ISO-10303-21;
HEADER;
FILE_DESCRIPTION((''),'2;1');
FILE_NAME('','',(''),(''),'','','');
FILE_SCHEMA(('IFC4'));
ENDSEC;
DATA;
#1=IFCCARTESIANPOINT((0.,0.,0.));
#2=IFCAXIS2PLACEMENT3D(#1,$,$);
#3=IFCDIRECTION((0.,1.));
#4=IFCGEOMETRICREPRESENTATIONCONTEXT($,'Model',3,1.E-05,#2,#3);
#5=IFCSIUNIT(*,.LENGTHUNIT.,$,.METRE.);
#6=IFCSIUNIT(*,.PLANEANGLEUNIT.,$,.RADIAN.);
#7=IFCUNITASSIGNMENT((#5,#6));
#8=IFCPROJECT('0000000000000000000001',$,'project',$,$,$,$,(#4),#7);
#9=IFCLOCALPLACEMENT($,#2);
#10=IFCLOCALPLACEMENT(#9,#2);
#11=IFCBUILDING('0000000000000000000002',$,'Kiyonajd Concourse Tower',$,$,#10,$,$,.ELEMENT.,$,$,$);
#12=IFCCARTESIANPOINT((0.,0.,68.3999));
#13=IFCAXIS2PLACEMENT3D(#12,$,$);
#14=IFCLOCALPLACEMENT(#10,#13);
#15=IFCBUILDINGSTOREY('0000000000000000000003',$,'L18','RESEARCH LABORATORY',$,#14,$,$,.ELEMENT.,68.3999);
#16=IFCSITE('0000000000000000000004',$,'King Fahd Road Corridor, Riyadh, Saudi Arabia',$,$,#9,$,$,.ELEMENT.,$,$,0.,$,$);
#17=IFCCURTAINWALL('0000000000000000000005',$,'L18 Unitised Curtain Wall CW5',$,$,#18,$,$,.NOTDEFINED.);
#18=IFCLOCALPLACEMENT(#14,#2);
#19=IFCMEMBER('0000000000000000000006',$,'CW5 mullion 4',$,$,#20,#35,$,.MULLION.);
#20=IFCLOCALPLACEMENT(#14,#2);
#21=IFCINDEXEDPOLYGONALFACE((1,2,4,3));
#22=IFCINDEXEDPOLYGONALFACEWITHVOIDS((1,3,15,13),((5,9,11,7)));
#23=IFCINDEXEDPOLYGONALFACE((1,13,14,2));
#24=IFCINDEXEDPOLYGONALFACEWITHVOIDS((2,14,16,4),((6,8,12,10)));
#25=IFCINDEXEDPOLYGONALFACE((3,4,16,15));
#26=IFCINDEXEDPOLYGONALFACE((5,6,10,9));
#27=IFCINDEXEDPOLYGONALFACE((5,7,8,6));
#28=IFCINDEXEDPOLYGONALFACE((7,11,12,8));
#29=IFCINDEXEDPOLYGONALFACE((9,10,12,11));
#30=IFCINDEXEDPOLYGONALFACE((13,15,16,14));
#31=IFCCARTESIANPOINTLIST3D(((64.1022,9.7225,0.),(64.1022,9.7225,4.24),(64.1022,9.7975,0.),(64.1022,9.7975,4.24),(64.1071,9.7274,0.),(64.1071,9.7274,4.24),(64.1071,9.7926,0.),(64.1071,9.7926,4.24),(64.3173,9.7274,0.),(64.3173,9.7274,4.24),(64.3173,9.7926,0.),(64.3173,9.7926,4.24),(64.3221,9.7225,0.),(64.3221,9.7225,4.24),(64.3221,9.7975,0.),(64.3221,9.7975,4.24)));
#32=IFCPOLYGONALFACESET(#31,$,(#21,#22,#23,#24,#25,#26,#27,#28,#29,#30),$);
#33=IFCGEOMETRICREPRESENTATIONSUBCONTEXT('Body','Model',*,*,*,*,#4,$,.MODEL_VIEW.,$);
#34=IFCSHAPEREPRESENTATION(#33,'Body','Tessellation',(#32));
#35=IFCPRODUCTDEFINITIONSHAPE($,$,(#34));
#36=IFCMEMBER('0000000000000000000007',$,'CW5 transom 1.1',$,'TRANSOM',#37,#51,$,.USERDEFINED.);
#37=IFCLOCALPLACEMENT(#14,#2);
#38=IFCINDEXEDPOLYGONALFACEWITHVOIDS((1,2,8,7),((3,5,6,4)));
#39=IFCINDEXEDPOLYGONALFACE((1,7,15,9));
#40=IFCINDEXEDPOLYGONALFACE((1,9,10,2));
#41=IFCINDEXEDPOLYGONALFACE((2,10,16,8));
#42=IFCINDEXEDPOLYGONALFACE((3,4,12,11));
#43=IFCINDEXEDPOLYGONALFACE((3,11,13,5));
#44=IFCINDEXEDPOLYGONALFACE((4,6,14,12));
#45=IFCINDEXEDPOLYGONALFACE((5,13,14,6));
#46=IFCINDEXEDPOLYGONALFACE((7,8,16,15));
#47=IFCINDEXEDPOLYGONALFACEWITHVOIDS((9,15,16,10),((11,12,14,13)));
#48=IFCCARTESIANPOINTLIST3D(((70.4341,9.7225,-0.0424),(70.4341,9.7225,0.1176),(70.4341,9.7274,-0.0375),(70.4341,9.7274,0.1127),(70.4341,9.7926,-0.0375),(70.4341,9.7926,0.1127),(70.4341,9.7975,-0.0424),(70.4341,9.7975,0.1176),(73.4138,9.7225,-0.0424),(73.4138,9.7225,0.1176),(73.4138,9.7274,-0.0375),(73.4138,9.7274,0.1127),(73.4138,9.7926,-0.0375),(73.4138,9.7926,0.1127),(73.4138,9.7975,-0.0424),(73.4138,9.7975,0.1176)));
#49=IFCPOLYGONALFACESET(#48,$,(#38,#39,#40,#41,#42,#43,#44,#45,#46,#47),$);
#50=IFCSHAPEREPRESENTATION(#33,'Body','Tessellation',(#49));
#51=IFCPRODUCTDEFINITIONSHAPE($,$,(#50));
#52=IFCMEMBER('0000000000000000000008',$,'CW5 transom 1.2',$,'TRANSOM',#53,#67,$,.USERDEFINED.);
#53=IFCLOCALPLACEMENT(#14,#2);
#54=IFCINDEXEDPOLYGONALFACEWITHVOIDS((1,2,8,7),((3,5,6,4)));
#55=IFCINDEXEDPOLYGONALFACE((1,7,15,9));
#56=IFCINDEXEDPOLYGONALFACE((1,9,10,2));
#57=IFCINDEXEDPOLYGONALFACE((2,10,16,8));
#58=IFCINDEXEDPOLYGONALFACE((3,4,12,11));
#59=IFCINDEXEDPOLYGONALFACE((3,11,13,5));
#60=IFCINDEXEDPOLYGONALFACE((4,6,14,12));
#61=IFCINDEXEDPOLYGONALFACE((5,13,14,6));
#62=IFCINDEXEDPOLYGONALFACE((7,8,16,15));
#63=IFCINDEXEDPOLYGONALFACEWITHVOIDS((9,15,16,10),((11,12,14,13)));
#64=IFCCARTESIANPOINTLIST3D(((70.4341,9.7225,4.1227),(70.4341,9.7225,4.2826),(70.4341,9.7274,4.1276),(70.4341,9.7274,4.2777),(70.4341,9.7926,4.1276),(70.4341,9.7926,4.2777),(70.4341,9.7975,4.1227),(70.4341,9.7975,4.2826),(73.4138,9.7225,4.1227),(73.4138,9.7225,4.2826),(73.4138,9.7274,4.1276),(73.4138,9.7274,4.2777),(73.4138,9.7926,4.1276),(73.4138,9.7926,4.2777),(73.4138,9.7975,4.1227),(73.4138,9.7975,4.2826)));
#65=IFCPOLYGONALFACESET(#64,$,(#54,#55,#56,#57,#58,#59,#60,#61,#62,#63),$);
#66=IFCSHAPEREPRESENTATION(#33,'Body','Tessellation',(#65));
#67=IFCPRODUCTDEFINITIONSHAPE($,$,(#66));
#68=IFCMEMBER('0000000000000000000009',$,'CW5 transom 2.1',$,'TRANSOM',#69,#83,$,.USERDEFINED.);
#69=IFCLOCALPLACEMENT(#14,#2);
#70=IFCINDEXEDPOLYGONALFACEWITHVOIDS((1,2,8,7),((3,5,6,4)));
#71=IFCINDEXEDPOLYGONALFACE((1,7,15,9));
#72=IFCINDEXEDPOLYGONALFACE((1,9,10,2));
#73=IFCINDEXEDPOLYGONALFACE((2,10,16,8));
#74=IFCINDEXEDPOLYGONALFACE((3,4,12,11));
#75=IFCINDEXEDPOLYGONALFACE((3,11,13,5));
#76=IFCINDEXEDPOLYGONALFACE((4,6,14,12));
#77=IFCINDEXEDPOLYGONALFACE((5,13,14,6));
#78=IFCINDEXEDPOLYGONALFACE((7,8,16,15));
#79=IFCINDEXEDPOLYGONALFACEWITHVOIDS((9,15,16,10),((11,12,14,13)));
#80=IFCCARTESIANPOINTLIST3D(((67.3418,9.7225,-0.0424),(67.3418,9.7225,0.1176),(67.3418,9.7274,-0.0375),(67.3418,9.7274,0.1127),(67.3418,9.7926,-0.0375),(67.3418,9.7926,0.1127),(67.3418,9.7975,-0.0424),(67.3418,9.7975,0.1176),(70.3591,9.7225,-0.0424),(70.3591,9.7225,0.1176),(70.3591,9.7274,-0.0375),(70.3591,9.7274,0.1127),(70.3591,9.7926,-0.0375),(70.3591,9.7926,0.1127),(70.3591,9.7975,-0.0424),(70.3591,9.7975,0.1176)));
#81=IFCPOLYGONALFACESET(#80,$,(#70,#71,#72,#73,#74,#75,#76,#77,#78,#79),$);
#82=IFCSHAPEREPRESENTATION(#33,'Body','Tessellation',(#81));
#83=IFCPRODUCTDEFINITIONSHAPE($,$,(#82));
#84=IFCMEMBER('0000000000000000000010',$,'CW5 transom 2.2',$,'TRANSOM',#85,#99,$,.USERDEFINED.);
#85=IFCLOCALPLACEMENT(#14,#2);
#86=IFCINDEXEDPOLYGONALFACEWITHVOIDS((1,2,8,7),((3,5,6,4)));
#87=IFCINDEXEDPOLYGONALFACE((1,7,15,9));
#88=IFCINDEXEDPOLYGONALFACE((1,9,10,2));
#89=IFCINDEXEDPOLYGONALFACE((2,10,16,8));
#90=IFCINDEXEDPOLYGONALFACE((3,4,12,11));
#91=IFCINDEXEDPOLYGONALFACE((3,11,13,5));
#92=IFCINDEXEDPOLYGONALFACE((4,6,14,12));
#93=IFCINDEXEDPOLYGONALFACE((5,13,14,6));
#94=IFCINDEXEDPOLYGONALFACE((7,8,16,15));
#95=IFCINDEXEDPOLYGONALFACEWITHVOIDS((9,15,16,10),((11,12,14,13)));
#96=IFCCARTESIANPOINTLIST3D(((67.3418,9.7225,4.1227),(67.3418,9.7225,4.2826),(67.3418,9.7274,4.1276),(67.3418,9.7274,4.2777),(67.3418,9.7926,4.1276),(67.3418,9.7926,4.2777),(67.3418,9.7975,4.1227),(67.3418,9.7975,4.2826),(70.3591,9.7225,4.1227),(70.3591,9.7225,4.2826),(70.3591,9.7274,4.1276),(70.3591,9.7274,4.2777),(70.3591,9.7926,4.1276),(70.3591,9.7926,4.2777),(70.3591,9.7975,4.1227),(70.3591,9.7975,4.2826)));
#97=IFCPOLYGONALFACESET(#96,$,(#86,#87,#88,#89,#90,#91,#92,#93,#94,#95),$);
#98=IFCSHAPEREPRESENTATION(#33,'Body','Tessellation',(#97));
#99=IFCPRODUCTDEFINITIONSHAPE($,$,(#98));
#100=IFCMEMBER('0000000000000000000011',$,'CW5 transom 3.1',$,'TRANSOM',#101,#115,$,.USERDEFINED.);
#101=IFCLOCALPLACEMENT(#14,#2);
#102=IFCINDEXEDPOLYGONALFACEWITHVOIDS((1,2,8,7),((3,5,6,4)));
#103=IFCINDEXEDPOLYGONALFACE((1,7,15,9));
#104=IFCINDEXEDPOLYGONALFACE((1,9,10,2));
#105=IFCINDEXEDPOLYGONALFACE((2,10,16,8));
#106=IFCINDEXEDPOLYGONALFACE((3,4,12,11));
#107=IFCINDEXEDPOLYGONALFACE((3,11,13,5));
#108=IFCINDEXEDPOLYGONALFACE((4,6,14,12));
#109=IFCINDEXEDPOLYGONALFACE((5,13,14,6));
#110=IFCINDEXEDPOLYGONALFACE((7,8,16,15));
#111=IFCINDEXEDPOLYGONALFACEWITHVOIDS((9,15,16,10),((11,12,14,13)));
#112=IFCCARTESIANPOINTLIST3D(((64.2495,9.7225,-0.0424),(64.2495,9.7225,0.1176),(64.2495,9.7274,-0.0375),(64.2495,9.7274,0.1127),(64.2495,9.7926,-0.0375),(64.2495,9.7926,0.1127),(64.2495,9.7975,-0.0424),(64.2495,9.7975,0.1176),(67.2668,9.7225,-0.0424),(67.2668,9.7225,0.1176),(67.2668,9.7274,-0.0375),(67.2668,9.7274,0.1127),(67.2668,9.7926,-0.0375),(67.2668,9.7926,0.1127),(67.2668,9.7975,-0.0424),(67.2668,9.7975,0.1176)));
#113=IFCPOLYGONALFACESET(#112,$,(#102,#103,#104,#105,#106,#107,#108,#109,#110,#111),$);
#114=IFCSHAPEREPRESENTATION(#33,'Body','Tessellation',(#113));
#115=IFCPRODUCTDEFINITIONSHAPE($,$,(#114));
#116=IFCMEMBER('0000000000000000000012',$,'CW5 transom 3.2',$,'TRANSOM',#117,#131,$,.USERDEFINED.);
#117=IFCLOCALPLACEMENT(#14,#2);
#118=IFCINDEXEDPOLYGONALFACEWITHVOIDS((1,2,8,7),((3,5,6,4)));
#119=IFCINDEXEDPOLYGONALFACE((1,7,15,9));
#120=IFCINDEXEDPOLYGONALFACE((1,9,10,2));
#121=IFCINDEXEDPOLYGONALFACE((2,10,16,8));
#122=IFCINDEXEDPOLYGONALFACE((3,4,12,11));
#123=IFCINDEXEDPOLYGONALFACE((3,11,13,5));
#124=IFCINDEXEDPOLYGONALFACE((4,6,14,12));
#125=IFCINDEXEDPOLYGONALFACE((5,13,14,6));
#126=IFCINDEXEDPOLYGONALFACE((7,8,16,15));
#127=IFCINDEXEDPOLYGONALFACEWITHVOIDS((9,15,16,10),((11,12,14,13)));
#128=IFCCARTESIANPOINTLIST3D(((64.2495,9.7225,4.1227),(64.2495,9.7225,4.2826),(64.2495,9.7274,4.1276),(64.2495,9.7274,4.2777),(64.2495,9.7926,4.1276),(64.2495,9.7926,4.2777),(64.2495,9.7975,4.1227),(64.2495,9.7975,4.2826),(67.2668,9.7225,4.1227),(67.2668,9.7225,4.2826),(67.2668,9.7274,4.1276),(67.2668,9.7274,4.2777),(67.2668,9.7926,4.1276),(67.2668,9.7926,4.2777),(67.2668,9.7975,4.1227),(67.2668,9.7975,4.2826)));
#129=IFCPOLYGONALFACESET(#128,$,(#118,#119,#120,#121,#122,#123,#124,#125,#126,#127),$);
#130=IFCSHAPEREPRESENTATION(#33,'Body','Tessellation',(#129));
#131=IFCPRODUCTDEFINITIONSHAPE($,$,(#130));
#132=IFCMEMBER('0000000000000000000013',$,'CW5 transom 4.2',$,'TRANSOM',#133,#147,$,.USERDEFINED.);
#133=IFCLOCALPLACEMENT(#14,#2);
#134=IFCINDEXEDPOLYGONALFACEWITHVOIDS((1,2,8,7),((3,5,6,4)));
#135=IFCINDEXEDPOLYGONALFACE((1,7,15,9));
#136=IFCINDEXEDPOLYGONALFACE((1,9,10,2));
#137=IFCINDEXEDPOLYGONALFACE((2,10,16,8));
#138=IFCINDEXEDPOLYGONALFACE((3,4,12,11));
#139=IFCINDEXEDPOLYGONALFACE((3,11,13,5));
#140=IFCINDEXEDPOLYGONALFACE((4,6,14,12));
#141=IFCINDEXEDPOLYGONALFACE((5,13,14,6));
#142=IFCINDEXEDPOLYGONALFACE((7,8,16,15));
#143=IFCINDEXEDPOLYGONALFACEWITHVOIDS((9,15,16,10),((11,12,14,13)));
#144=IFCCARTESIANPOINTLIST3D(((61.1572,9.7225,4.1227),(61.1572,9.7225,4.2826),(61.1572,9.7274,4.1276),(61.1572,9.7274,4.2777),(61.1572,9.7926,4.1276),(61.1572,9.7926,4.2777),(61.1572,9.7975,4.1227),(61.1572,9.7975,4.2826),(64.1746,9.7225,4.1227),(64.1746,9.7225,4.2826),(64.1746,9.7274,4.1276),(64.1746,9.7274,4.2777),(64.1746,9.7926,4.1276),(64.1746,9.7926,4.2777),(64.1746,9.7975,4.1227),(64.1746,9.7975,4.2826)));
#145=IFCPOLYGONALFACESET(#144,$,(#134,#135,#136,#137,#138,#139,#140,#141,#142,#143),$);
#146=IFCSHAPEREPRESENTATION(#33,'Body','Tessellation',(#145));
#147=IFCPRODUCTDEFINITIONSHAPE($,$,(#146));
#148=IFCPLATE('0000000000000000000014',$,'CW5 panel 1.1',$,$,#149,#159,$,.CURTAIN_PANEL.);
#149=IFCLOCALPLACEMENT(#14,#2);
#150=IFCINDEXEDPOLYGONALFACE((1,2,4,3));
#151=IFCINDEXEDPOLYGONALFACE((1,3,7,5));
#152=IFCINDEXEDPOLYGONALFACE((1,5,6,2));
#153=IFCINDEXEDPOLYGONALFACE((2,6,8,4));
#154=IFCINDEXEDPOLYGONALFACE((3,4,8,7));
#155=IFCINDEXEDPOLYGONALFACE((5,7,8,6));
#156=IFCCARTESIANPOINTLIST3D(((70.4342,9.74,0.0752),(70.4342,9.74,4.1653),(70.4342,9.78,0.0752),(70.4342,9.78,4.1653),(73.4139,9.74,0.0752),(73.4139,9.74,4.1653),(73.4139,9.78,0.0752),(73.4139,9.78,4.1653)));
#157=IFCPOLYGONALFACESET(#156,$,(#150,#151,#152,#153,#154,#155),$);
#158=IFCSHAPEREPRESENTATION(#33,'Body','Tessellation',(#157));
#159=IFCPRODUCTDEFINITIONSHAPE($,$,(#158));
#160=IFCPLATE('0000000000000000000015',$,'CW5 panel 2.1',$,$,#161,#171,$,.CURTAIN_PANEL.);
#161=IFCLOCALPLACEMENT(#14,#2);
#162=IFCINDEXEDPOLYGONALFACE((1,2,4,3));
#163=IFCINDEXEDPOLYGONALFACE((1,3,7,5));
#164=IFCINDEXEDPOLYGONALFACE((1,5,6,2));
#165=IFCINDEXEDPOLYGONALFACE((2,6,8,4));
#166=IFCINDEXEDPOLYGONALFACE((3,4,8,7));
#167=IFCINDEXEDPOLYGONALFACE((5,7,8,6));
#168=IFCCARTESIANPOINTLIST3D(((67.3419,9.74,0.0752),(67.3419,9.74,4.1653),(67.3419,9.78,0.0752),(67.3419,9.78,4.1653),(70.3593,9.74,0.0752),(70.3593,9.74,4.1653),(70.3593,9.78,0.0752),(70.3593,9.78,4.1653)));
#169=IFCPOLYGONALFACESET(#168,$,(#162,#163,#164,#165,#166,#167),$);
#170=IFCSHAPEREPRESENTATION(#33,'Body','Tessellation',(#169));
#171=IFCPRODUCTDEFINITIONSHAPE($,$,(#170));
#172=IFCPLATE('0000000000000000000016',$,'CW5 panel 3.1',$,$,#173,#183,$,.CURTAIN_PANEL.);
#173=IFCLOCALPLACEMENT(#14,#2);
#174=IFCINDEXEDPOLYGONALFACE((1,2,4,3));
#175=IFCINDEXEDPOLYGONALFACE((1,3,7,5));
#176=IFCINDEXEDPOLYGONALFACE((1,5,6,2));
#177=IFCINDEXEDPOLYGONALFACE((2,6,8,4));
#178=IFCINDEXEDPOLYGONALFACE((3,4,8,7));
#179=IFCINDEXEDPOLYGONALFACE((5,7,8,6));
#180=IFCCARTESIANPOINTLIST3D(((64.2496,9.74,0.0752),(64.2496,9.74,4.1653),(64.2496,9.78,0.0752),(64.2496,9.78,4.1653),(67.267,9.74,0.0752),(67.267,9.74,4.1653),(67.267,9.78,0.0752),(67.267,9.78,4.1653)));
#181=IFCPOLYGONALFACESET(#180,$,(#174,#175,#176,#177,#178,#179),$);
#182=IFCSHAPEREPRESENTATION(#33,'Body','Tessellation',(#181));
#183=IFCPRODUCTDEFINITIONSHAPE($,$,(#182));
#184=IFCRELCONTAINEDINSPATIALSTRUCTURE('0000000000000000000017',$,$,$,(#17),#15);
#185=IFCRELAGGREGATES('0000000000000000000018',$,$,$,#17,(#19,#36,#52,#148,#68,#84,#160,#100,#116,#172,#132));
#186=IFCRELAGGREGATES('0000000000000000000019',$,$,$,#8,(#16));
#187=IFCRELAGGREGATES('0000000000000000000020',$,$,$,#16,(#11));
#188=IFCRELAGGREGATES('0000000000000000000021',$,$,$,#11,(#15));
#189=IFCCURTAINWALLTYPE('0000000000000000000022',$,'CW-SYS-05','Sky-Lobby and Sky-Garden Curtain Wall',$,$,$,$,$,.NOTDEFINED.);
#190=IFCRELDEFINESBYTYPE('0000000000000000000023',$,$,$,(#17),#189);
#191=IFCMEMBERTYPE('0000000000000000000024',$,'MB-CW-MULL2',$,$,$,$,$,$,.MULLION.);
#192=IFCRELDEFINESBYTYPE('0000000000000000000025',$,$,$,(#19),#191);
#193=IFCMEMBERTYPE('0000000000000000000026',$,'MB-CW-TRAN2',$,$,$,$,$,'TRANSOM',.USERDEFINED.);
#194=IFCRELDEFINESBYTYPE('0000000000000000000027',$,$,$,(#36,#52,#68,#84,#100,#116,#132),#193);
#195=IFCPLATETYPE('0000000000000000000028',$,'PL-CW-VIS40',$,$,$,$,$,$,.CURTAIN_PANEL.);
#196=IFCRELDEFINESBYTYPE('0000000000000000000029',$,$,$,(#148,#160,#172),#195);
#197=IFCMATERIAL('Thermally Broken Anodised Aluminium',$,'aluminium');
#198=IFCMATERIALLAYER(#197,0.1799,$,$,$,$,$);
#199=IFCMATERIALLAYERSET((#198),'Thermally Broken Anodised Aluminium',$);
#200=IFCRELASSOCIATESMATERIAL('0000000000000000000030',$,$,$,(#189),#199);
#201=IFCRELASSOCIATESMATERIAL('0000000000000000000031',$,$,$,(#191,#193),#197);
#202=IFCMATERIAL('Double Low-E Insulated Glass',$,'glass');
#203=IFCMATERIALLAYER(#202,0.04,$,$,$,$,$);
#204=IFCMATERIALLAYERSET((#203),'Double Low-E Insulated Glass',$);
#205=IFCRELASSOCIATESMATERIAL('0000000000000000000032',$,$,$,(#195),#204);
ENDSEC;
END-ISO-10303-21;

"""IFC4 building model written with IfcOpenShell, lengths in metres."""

from ifc_helpers import new_model, si_unit, direction, frame, origin, origin_2d, place, context, subcontext, project, spatial, rectangle, hollow_rectangle, extrude, material, layer, layer_set, material_profile, profile_set, type_object, element, aggregate, save


model = new_model("IFC4")

# Units and contexts
model_context = context("Model", 3, precision=1e-05, world=origin(), true_north=direction((0.0, 1.0)))
body_context = subcontext(model_context, "Body", "Model", "MODEL_VIEW")
ifc_project = project(units=[si_unit("LENGTHUNIT", "METRE"), si_unit("PLANEANGLEUNIT", "RADIAN")], contexts=[model_context])

# Site, building, storey
site_placement = place(None, origin())
site = spatial("IfcSite", under=ifc_project, at=site_placement, Name="King Fahd Road Corridor, Riyadh, Saudi Arabia", CompositionType="ELEMENT", RefElevation=0.0)
building_placement = place(site_placement, origin())
building = spatial("IfcBuilding", under=site, at=building_placement, Name="Kiyonajd Concourse Tower", CompositionType="ELEMENT")
storey_placement = place(building_placement, frame((0.0, 0.0, 68.3999)))
storey = spatial("IfcBuildingStorey", under=building, at=storey_placement, Name="L18", Description="RESEARCH LABORATORY", CompositionType="ELEMENT", Elevation=68.3999)

# Shared definitions
ifc_material_1 = material(Name="Thermally Broken Anodised Aluminium", Category="aluminium")
ifc_layer_1 = layer(ifc_material_1, 0.1799)
ifc_layer_set_1 = layer_set([ifc_layer_1], Name="Thermally Broken Anodised Aluminium")
curtain_wall_type = type_object("IfcCurtainWallType", Name="CW-SYS-05", Description="Sky-Lobby and Sky-Garden Curtain Wall", PredefinedType="NOTDEFINED", material=ifc_layer_set_1)
ifc_material_profile_1 = material_profile(ifc_material_1, hollow_rectangle(XDim=0.075, YDim=0.22, WallThickness=0.0049, at=origin_2d()), Name="MULL-75x220")
ifc_profile_set_1 = profile_set([ifc_material_profile_1], Name="Thermally Broken Anodised Aluminium")
member_type_1 = type_object("IfcMemberType", Name="MB-CW-MULL2", PredefinedType="MULLION", material=ifc_profile_set_1)

# Curtain wall, members, plates
curtain_wall_1_placement = place(storey_placement, origin())
curtain_wall_1 = element("IfcCurtainWall", 1, at=curtain_wall_1_placement, inside=storey, type_object=curtain_wall_type, Name="L18 Unitised Curtain Wall CW5", PredefinedType="NOTDEFINED")
member_1_placement = place(storey_placement, frame((64.2122, 9.76, 0.0), z_axis=(0.0, 0.0, 1.0), x_axis=(0.0, -1.0, 0.0)))
member_1 = element("IfcMember", 2, at=member_1_placement, type_object=member_type_1, Name="CW5 mullion 4", PredefinedType="MULLION", context=body_context, shape_type="SweptSolid", body=[
    extrude(hollow_rectangle(XDim=0.075, YDim=0.22, WallThickness=0.0049, at=origin_2d()), origin(), (0.0, 0.0, 1.0), 4.24),
])
ifc_material_profile_2 = material_profile(ifc_material_1, hollow_rectangle(XDim=0.075, YDim=0.1599, WallThickness=0.0049, at=origin_2d()), Name="TRAN-75x160")
ifc_profile_set_2 = profile_set([ifc_material_profile_2], Name="Thermally Broken Anodised Aluminium")
member_type_2 = type_object("IfcMemberType", Name="MB-CW-TRAN2", ElementType="TRANSOM", PredefinedType="USERDEFINED", material=ifc_profile_set_2)
member_2_placement = place(storey_placement, frame((73.4138, 9.76, 0.0376), z_axis=(-1.0, 0.0, 0.0), x_axis=(0.0, -1.0, 0.0)))
member_2 = element("IfcMember", 3, at=member_2_placement, type_object=member_type_2, Name="CW5 transom 1.1", ObjectType="TRANSOM", PredefinedType="USERDEFINED", context=body_context, shape_type="SweptSolid", body=[
    extrude(hollow_rectangle(XDim=0.075, YDim=0.1599, WallThickness=0.0049, at=origin_2d()), origin(), (0.0, 0.0, 1.0), 2.9797),
])
member_3_placement = place(storey_placement, frame((73.4138, 9.76, 4.2026), z_axis=(-1.0, 0.0, 0.0), x_axis=(0.0, -1.0, 0.0)))
member_3 = element("IfcMember", 4, at=member_3_placement, type_object=member_type_2, Name="CW5 transom 1.2", ObjectType="TRANSOM", PredefinedType="USERDEFINED", context=body_context, shape_type="SweptSolid", body=[
    extrude(hollow_rectangle(XDim=0.075, YDim=0.1599, WallThickness=0.0049, at=origin_2d()), origin(), (0.0, 0.0, 1.0), 2.9797),
])
member_4_placement = place(storey_placement, frame((70.3591, 9.76, 0.0376), z_axis=(-1.0, 0.0, 0.0), x_axis=(0.0, -1.0, 0.0)))
member_4 = element("IfcMember", 5, at=member_4_placement, type_object=member_type_2, Name="CW5 transom 2.1", ObjectType="TRANSOM", PredefinedType="USERDEFINED", context=body_context, shape_type="SweptSolid", body=[
    extrude(hollow_rectangle(XDim=0.075, YDim=0.1599, WallThickness=0.0049, at=origin_2d()), origin(), (0.0, 0.0, 1.0), 3.0173),
])
member_5_placement = place(storey_placement, frame((70.3591, 9.76, 4.2026), z_axis=(-1.0, 0.0, 0.0), x_axis=(0.0, -1.0, 0.0)))
member_5 = element("IfcMember", 6, at=member_5_placement, type_object=member_type_2, Name="CW5 transom 2.2", ObjectType="TRANSOM", PredefinedType="USERDEFINED", context=body_context, shape_type="SweptSolid", body=[
    extrude(hollow_rectangle(XDim=0.075, YDim=0.1599, WallThickness=0.0049, at=origin_2d()), origin(), (0.0, 0.0, 1.0), 3.0173),
])
member_6_placement = place(storey_placement, frame((67.2668, 9.76, 0.0376), z_axis=(-1.0, 0.0, 0.0), x_axis=(0.0, -1.0, 0.0)))
member_6 = element("IfcMember", 7, at=member_6_placement, type_object=member_type_2, Name="CW5 transom 3.1", ObjectType="TRANSOM", PredefinedType="USERDEFINED", context=body_context, shape_type="SweptSolid", body=[
    extrude(hollow_rectangle(XDim=0.075, YDim=0.1599, WallThickness=0.0049, at=origin_2d()), origin(), (0.0, 0.0, 1.0), 3.0173),
])
member_7_placement = place(storey_placement, frame((67.2668, 9.76, 4.2026), z_axis=(-1.0, 0.0, 0.0), x_axis=(0.0, -1.0, 0.0)))
member_7 = element("IfcMember", 8, at=member_7_placement, type_object=member_type_2, Name="CW5 transom 3.2", ObjectType="TRANSOM", PredefinedType="USERDEFINED", context=body_context, shape_type="SweptSolid", body=[
    extrude(hollow_rectangle(XDim=0.075, YDim=0.1599, WallThickness=0.0049, at=origin_2d()), origin(), (0.0, 0.0, 1.0), 3.0173),
])
member_8_placement = place(storey_placement, frame((64.1746, 9.76, 4.2026), z_axis=(-1.0, 0.0, 0.0), x_axis=(0.0, -1.0, 0.0)))
member_8 = element("IfcMember", 9, at=member_8_placement, type_object=member_type_2, Name="CW5 transom 4.2", ObjectType="TRANSOM", PredefinedType="USERDEFINED", context=body_context, shape_type="SweptSolid", body=[
    extrude(hollow_rectangle(XDim=0.075, YDim=0.1599, WallThickness=0.0049, at=origin_2d()), origin(), (0.0, 0.0, 1.0), 3.0173),
])
ifc_material_2 = material(Name="Double Low-E Insulated Glass", Category="glass")
ifc_layer_2 = layer(ifc_material_2, 0.04)
ifc_layer_set_2 = layer_set([ifc_layer_2], Name="Double Low-E Insulated Glass")
plate_type_1 = type_object("IfcPlateType", Name="PL-CW-VIS40", PredefinedType="CURTAIN_PANEL", material=ifc_layer_set_2)
plate_1_placement = place(storey_placement, frame((71.9241, 9.76, 0.0752), z_axis=(0.0, 0.0, 1.0), x_axis=(-1.0, 0.0, 0.0)))
plate_1 = element("IfcPlate", 10, at=plate_1_placement, type_object=plate_type_1, Name="CW5 panel 1.1", PredefinedType="CURTAIN_PANEL", context=body_context, shape_type="SweptSolid", body=[
    extrude(rectangle(XDim=2.9797, YDim=0.04, at=origin_2d()), origin(), (0.0, 0.0, 1.0), 4.0901),
])
plate_2_placement = place(storey_placement, frame((68.8506, 9.76, 0.0752), z_axis=(0.0, 0.0, 1.0), x_axis=(-1.0, 0.0, 0.0)))
plate_2 = element("IfcPlate", 11, at=plate_2_placement, type_object=plate_type_1, Name="CW5 panel 2.1", PredefinedType="CURTAIN_PANEL", context=body_context, shape_type="SweptSolid", body=[
    extrude(rectangle(XDim=3.0173, YDim=0.04, at=origin_2d()), origin(), (0.0, 0.0, 1.0), 4.0901),
])
plate_3_placement = place(storey_placement, frame((65.7583, 9.76, 0.0752), z_axis=(0.0, 0.0, 1.0), x_axis=(-1.0, 0.0, 0.0)))
plate_3 = element("IfcPlate", 12, at=plate_3_placement, type_object=plate_type_1, Name="CW5 panel 3.1", PredefinedType="CURTAIN_PANEL", context=body_context, shape_type="SweptSolid", body=[
    extrude(rectangle(XDim=3.0173, YDim=0.04, at=origin_2d()), origin(), (0.0, 0.0, 1.0), 4.0901),
])
aggregate(curtain_wall_1, [member_1, member_2, member_3, plate_1, member_4, member_5, plate_2, member_6, member_7, plate_3, member_8])

save(model, "model.ifc")
